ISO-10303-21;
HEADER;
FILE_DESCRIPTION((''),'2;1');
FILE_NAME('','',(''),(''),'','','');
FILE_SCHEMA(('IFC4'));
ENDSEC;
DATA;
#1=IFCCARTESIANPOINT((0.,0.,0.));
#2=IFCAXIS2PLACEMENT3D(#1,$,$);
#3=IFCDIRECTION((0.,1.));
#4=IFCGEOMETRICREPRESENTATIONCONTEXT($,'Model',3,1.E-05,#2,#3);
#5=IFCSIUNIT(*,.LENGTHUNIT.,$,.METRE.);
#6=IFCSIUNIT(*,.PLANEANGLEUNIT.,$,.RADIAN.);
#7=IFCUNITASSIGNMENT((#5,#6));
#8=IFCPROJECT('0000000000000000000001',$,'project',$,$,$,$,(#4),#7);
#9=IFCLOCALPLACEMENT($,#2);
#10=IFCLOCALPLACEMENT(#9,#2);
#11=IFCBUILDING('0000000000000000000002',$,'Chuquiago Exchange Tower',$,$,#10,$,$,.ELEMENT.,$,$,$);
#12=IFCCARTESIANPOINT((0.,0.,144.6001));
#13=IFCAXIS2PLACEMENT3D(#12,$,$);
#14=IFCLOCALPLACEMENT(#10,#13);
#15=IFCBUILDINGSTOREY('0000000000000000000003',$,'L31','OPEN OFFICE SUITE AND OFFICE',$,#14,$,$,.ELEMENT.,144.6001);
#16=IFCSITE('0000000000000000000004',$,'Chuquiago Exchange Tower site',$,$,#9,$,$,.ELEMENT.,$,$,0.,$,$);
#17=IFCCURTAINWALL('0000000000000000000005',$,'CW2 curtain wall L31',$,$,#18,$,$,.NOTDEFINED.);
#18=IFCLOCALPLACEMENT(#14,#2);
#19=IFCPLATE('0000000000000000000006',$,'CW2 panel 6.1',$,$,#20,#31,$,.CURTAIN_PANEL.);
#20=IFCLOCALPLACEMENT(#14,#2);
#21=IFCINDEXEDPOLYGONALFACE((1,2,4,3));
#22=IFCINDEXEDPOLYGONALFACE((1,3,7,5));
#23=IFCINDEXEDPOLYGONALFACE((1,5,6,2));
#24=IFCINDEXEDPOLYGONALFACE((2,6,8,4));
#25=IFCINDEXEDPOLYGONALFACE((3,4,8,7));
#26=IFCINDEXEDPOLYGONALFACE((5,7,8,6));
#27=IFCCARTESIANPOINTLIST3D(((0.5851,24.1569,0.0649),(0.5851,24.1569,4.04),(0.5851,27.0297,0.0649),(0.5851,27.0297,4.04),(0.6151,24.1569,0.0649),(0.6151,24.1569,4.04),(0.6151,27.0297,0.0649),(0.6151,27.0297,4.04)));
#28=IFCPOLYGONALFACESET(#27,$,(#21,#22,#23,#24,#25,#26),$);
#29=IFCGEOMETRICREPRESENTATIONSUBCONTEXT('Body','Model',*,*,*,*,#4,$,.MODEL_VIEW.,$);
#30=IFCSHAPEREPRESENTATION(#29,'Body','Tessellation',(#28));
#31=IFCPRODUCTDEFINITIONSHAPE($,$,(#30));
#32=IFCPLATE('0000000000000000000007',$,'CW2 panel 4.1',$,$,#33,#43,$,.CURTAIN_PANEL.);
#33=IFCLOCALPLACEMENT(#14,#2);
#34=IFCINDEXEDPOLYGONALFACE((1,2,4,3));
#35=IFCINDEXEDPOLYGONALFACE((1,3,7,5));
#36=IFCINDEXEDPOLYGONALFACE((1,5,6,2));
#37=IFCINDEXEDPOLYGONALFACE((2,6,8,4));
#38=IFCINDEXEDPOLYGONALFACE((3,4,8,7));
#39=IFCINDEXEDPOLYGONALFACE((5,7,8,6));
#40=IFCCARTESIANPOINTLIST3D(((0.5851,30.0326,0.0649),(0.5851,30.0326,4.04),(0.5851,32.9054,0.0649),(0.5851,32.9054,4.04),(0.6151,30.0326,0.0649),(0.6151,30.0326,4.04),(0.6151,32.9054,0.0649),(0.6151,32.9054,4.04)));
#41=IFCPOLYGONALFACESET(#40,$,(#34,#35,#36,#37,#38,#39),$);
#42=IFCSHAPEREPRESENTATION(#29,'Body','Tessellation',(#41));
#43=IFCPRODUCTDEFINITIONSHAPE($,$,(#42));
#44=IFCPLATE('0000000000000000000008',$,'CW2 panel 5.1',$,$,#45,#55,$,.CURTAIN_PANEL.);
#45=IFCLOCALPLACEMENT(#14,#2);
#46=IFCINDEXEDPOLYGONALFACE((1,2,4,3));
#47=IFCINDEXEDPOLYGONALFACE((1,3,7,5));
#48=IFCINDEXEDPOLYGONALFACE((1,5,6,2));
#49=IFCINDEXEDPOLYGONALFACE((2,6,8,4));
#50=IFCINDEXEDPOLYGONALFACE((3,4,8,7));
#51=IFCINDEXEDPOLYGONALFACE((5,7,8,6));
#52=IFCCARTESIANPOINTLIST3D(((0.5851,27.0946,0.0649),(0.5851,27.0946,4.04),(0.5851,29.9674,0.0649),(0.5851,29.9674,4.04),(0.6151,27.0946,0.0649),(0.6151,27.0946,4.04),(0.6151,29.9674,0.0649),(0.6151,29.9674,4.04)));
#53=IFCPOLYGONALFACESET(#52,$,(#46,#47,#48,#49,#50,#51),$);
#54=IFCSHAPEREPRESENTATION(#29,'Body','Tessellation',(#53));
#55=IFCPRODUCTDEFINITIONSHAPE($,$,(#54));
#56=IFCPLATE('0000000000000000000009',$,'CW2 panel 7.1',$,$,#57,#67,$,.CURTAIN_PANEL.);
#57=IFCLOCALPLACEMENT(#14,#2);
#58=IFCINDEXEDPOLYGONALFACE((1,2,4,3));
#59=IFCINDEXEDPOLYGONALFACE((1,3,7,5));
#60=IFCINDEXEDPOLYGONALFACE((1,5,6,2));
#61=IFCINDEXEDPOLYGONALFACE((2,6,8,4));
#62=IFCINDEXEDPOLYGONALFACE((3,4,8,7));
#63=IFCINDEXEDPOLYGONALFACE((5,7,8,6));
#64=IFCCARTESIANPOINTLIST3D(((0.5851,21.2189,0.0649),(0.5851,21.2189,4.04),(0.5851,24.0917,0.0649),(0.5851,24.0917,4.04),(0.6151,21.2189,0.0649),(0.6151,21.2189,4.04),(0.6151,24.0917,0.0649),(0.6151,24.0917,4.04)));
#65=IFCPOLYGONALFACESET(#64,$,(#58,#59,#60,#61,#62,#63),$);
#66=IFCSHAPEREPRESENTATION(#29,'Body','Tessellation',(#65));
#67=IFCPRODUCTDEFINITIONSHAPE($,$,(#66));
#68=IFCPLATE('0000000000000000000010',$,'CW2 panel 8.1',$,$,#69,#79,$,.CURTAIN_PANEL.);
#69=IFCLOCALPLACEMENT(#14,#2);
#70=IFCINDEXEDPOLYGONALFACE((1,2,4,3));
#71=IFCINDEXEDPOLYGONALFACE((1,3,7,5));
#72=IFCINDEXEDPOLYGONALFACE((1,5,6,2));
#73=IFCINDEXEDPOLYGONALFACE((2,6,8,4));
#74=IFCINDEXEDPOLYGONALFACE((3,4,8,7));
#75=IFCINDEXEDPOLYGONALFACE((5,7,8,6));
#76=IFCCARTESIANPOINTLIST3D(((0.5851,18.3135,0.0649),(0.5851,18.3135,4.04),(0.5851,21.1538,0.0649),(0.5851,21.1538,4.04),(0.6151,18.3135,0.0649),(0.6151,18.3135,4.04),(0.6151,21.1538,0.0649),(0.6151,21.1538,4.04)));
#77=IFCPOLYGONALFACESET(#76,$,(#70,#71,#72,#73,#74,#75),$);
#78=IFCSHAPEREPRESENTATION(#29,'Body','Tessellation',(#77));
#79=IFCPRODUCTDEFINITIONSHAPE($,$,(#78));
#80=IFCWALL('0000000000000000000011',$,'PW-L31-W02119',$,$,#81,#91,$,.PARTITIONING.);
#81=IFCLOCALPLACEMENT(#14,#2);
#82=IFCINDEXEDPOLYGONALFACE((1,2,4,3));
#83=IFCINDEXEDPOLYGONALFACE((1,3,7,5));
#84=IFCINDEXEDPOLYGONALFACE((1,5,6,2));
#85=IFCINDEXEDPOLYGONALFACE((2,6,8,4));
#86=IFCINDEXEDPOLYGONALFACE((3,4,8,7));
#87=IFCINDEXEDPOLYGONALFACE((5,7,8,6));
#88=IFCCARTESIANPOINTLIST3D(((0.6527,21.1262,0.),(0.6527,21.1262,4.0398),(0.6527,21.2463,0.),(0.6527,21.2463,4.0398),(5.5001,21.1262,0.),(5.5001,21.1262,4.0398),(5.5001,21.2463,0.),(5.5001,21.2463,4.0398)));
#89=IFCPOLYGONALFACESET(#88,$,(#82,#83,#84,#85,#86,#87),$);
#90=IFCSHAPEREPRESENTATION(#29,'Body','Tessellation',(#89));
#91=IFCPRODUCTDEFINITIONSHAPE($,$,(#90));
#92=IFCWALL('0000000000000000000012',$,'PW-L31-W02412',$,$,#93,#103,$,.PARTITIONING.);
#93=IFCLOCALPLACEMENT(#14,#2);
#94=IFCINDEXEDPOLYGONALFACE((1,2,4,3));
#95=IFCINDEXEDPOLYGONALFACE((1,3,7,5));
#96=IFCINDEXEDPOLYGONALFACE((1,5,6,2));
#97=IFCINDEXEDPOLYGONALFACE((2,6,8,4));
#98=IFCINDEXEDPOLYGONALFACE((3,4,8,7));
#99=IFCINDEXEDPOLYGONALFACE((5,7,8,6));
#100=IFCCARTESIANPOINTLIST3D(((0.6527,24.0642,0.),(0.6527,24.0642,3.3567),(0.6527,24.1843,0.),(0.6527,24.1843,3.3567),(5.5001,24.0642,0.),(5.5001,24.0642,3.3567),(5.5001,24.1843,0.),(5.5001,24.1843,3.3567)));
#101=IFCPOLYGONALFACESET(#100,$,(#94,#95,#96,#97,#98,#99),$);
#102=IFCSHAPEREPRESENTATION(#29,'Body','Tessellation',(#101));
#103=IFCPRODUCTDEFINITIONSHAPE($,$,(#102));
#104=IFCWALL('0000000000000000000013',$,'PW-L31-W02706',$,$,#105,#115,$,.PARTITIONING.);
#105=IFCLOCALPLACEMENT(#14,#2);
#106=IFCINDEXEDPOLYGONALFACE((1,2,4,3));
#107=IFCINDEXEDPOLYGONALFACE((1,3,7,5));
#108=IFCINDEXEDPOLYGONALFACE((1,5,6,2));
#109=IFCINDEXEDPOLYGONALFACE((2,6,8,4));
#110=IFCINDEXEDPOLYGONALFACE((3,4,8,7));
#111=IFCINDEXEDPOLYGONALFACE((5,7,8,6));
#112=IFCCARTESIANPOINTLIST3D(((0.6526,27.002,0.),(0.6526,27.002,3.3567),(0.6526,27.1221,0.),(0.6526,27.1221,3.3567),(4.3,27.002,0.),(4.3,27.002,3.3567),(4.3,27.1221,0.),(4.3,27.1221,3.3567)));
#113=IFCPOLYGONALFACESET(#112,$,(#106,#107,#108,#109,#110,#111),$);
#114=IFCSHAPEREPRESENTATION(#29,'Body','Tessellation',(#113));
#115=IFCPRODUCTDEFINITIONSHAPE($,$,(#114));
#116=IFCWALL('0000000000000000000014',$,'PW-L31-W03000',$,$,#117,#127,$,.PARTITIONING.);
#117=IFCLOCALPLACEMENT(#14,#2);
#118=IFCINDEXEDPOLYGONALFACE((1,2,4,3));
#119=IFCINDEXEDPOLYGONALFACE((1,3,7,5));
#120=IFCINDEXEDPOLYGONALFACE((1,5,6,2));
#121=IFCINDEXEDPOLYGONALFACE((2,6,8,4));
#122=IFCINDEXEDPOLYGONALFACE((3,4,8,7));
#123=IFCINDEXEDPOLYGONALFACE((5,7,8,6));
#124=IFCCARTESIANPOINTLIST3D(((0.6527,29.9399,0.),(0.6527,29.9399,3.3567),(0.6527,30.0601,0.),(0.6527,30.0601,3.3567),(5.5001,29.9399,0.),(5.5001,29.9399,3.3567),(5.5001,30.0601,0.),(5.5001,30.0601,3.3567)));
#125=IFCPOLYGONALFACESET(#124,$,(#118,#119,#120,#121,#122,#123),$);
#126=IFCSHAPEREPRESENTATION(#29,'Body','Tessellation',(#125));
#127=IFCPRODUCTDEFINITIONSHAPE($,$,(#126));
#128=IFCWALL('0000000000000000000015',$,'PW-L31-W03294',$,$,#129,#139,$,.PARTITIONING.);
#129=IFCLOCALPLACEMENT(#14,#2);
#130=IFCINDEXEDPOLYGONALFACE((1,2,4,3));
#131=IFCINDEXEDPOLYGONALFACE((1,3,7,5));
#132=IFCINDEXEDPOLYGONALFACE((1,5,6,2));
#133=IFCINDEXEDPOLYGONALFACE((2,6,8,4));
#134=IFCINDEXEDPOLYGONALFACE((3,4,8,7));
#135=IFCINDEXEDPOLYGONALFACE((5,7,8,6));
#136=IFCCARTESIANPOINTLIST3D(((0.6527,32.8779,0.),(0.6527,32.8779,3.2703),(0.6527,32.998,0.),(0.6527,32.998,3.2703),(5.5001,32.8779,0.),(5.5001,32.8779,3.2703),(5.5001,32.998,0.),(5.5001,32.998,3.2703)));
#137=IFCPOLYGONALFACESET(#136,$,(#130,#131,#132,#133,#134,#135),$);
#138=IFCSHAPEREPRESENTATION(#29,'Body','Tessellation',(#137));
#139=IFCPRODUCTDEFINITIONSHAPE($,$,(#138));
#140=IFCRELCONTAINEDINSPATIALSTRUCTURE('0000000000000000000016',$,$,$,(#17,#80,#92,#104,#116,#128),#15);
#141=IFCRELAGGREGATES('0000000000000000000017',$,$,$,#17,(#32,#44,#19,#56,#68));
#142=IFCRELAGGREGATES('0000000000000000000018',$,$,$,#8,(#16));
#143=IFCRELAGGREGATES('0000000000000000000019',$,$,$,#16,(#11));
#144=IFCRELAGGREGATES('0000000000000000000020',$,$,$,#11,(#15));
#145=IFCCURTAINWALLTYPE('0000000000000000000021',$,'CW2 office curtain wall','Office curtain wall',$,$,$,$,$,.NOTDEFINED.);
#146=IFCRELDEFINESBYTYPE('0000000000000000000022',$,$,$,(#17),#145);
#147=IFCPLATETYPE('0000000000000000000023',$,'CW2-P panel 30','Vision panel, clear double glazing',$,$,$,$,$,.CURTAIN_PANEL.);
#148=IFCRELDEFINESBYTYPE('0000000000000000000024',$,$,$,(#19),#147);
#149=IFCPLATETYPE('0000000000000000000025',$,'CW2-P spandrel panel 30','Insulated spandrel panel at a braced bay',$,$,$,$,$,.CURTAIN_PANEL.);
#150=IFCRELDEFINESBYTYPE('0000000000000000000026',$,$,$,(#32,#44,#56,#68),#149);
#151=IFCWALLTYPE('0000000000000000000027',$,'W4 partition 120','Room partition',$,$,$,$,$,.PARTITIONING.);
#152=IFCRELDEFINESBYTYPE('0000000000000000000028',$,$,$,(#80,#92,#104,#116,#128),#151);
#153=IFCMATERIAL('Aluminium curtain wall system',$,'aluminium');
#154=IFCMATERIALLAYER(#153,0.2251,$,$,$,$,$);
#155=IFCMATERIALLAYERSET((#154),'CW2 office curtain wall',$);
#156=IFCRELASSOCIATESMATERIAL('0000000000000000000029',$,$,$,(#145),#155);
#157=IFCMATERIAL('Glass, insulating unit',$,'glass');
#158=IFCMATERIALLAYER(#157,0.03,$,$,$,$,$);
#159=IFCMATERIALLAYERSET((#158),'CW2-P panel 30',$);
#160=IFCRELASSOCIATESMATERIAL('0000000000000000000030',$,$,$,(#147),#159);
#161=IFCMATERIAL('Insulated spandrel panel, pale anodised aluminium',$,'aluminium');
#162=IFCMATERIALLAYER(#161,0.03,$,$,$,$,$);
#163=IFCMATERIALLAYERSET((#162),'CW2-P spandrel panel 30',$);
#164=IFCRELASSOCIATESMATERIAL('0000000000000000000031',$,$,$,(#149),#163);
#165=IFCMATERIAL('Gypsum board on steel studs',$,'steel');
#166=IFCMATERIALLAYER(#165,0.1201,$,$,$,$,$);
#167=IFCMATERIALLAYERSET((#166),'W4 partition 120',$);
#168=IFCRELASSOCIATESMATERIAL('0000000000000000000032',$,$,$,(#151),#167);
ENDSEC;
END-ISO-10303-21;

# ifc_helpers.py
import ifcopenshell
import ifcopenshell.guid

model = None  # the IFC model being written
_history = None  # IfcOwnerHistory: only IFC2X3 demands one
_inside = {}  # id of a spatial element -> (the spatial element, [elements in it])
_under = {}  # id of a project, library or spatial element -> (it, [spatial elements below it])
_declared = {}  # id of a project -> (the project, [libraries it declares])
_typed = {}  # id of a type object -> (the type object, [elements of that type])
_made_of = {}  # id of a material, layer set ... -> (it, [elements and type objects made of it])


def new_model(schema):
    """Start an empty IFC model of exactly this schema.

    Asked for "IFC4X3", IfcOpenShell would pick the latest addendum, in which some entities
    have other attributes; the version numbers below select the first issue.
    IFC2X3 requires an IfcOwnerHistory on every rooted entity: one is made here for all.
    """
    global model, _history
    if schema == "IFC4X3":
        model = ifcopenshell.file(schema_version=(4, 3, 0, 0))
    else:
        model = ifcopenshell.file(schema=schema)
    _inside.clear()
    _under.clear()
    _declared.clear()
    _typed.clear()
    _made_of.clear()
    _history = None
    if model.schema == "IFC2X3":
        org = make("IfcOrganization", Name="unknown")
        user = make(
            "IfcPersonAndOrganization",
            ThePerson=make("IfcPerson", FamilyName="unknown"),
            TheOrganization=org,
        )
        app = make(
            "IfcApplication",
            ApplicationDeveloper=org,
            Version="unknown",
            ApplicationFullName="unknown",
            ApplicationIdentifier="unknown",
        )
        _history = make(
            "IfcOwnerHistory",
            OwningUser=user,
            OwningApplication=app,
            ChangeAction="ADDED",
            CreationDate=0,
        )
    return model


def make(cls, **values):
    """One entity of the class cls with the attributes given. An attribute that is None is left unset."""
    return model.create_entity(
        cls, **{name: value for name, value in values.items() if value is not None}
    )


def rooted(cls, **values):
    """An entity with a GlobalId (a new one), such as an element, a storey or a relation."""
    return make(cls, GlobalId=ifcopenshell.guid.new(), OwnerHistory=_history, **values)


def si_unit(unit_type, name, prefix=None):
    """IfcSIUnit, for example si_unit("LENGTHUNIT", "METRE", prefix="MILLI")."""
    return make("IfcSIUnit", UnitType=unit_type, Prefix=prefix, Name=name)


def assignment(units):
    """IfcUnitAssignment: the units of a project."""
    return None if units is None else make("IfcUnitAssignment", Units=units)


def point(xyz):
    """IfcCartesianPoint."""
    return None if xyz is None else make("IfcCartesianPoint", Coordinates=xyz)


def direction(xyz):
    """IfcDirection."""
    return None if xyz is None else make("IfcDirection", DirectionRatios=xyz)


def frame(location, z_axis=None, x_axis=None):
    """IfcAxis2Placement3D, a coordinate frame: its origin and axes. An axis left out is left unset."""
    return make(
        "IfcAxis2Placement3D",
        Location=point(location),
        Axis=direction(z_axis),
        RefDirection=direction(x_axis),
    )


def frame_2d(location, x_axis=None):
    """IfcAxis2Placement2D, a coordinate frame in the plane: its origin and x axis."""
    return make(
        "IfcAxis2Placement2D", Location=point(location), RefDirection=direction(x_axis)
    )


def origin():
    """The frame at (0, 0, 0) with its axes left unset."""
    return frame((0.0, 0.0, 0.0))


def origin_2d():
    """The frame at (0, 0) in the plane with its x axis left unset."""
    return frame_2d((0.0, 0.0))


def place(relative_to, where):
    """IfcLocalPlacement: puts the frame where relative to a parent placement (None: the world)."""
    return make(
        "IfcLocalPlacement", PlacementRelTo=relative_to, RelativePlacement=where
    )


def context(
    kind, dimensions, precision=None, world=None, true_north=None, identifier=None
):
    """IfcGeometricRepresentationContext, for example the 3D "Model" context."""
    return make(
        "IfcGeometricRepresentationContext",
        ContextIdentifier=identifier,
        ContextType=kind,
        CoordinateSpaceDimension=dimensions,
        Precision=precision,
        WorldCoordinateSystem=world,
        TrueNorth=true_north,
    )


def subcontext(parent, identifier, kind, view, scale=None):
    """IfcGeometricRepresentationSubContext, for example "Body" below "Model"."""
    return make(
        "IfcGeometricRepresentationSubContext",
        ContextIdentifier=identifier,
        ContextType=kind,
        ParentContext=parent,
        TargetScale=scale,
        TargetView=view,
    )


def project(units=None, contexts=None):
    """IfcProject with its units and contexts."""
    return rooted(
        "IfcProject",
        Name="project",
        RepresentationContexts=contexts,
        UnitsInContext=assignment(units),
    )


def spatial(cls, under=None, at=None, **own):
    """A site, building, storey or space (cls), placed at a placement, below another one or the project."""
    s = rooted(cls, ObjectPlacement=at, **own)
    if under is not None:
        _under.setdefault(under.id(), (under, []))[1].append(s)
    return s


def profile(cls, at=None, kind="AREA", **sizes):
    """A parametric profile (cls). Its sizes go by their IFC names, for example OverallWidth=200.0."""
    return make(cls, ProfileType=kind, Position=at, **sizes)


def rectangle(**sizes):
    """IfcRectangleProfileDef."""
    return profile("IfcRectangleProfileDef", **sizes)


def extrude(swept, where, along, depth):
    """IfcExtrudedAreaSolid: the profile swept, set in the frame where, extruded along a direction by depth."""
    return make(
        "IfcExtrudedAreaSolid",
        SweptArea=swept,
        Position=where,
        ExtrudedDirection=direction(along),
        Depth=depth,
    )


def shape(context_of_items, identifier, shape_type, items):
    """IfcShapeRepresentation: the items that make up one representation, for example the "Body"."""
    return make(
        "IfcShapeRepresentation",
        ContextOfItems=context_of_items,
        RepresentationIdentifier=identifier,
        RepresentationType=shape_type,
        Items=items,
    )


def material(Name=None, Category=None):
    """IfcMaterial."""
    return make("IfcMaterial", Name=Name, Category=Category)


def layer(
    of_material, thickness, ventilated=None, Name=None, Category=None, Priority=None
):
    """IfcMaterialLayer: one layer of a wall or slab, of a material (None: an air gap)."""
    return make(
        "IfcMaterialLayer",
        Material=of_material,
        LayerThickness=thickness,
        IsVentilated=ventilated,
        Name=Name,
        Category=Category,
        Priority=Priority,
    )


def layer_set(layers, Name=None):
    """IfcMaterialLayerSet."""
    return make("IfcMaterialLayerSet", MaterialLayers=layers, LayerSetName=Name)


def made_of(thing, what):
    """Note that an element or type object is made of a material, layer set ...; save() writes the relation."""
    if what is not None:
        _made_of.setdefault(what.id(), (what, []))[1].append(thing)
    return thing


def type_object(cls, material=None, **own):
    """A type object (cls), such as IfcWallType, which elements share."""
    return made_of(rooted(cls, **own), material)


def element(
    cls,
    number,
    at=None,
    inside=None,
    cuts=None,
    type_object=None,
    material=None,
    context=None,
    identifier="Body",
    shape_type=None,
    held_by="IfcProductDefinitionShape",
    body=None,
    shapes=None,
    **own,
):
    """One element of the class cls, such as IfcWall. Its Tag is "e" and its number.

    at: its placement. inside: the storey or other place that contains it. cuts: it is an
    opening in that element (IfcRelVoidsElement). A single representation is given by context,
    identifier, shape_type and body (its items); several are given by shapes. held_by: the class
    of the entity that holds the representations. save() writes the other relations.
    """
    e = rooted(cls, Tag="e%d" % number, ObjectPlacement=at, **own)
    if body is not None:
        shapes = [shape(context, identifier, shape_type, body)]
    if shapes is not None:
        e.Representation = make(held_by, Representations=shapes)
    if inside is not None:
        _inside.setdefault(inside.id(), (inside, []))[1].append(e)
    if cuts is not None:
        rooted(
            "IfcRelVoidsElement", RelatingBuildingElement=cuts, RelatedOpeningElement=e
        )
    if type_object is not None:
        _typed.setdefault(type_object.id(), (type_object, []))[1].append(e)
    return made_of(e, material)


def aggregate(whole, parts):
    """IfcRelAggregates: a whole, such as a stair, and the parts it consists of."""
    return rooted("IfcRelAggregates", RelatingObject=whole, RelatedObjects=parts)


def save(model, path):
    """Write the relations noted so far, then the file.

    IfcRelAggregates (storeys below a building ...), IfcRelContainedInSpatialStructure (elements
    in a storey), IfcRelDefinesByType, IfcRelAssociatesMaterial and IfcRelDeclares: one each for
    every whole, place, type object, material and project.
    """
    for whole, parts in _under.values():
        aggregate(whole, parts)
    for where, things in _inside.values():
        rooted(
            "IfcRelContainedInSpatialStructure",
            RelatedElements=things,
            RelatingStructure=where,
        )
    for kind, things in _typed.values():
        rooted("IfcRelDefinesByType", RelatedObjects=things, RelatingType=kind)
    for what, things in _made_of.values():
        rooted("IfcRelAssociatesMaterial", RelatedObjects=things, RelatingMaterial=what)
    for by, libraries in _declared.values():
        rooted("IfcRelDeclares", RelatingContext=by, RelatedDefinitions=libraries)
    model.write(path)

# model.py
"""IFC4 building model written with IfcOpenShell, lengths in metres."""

from ifc_helpers import new_model, si_unit, direction, frame, frame_2d, origin, origin_2d, place, context, subcontext, project, spatial, rectangle, extrude, material, layer, layer_set, type_object, element, aggregate, save


model = new_model("IFC4")

# Units and contexts
model_context = context("Model", 3, precision=1e-05, world=origin(), true_north=direction((0.0, 1.0)))
body_context = subcontext(model_context, "Body", "Model", "MODEL_VIEW")
ifc_project = project(units=[si_unit("LENGTHUNIT", "METRE"), si_unit("PLANEANGLEUNIT", "RADIAN")], contexts=[model_context])

# Site, building, storey
site_placement = place(None, origin())
site = spatial("IfcSite", under=ifc_project, at=site_placement, Name="Chuquiago Exchange Tower site", CompositionType="ELEMENT", RefElevation=0.0)
building_placement = place(site_placement, origin())
building = spatial("IfcBuilding", under=site, at=building_placement, Name="Chuquiago Exchange Tower", CompositionType="ELEMENT")
storey_placement = place(building_placement, frame((0.0, 0.0, 144.6001)))
storey = spatial("IfcBuildingStorey", under=building, at=storey_placement, Name="L31", Description="OPEN OFFICE SUITE AND OFFICE", CompositionType="ELEMENT", Elevation=144.6001)

# Curtain wall
ifc_material_1 = material(Name="Aluminium curtain wall system", Category="aluminium")
ifc_layer_1 = layer(ifc_material_1, 0.2251)
ifc_layer_set_1 = layer_set([ifc_layer_1], Name="CW2 office curtain wall")
curtain_wall_type = type_object("IfcCurtainWallType", Name="CW2 office curtain wall", Description="Office curtain wall", PredefinedType="NOTDEFINED", material=ifc_layer_set_1)
curtain_wall_placement = place(storey_placement, origin())
curtain_wall = element("IfcCurtainWall", 1, at=curtain_wall_placement, inside=storey, type_object=curtain_wall_type, Name="CW2 curtain wall L31", PredefinedType="NOTDEFINED")

# Plates
ifc_material_2 = material(Name="Glass, insulating unit", Category="glass")
ifc_layer_2 = layer(ifc_material_2, 0.03)
ifc_layer_set_2 = layer_set([ifc_layer_2], Name="CW2-P panel 30")
plate_type_1 = type_object("IfcPlateType", Name="CW2-P panel 30", Description="Vision panel, clear double glazing", PredefinedType="CURTAIN_PANEL", material=ifc_layer_set_2)
plate_1_placement = place(storey_placement, frame((0.6001, 25.5933, 0.0649), z_axis=(0.0, 0.0, 1.0), x_axis=(0.0, -1.0, 0.0)))
plate_1 = element("IfcPlate", 2, at=plate_1_placement, type_object=plate_type_1, Name="CW2 panel 6.1", PredefinedType="CURTAIN_PANEL", context=body_context, shape_type="SweptSolid", body=[
    extrude(rectangle(XDim=2.8728, YDim=0.03, at=origin_2d()), origin(), (0.0, 0.0, 1.0), 3.9751),
])
ifc_material_3 = material(Name="Insulated spandrel panel, pale anodised aluminium", Category="aluminium")
ifc_layer_3 = layer(ifc_material_3, 0.03)
ifc_layer_set_3 = layer_set([ifc_layer_3], Name="CW2-P spandrel panel 30")
plate_type_2 = type_object("IfcPlateType", Name="CW2-P spandrel panel 30", Description="Insulated spandrel panel at a braced bay", PredefinedType="CURTAIN_PANEL", material=ifc_layer_set_3)
plate_2_placement = place(storey_placement, frame((0.6001, 31.469, 0.0649), z_axis=(0.0, 0.0, 1.0), x_axis=(0.0, -1.0, 0.0)))
plate_2 = element("IfcPlate", 3, at=plate_2_placement, type_object=plate_type_2, Name="CW2 panel 4.1", PredefinedType="CURTAIN_PANEL", context=body_context, shape_type="SweptSolid", body=[
    extrude(rectangle(XDim=2.8728, YDim=0.03, at=origin_2d()), origin(), (0.0, 0.0, 1.0), 3.9751),
])
plate_3_placement = place(storey_placement, frame((0.6001, 28.531, 0.0649), z_axis=(0.0, 0.0, 1.0), x_axis=(0.0, -1.0, 0.0)))
plate_3 = element("IfcPlate", 4, at=plate_3_placement, type_object=plate_type_2, Name="CW2 panel 5.1", PredefinedType="CURTAIN_PANEL", context=body_context, shape_type="SweptSolid", body=[
    extrude(rectangle(XDim=2.8728, YDim=0.03, at=origin_2d()), origin(), (0.0, 0.0, 1.0), 3.9751),
])
plate_4_placement = place(storey_placement, frame((0.6001, 22.6553, 0.0649), z_axis=(0.0, 0.0, 1.0), x_axis=(0.0, -1.0, 0.0)))
plate_4 = element("IfcPlate", 5, at=plate_4_placement, type_object=plate_type_2, Name="CW2 panel 7.1", PredefinedType="CURTAIN_PANEL", context=body_context, shape_type="SweptSolid", body=[
    extrude(rectangle(XDim=2.8728, YDim=0.03, at=origin_2d()), origin(), (0.0, 0.0, 1.0), 3.9751),
])
plate_5_placement = place(storey_placement, frame((0.6001, 19.7336, 0.0649), z_axis=(0.0, 0.0, 1.0), x_axis=(0.0, -1.0, 0.0)))
plate_5 = element("IfcPlate", 6, at=plate_5_placement, type_object=plate_type_2, Name="CW2 panel 8.1", PredefinedType="CURTAIN_PANEL", context=body_context, shape_type="SweptSolid", body=[
    extrude(rectangle(XDim=2.8403, YDim=0.03, at=origin_2d()), origin(), (0.0, 0.0, 1.0), 3.9751),
])
aggregate(curtain_wall, [plate_2, plate_3, plate_1, plate_4, plate_5])

# Walls
ifc_material_4 = material(Name="Gypsum board on steel studs", Category="steel")
ifc_layer_4 = layer(ifc_material_4, 0.1201)
ifc_layer_set_4 = layer_set([ifc_layer_4], Name="W4 partition 120")
wall_type = type_object("IfcWallType", Name="W4 partition 120", Description="Room partition", PredefinedType="PARTITIONING", material=ifc_layer_set_4)
wall_1_placement = place(storey_placement, frame((0.6526, 21.1863, 0.0), z_axis=(0.0, 0.0, 1.0), x_axis=(1.0, 0.0, 0.0)))
element("IfcWall", 7, at=wall_1_placement, inside=storey, type_object=wall_type, Name="PW-L31-W02119", PredefinedType="PARTITIONING", context=body_context, shape_type="SweptSolid", body=[
    extrude(rectangle(XDim=4.8474, YDim=0.1201, at=frame_2d((2.4238, 0.0))), origin(), (0.0, 0.0, 1.0), 4.0398),
])
wall_2_placement = place(storey_placement, frame((0.6526, 24.1243, 0.0), z_axis=(0.0, 0.0, 1.0), x_axis=(1.0, 0.0, 0.0)))
element("IfcWall", 8, at=wall_2_placement, inside=storey, type_object=wall_type, Name="PW-L31-W02412", PredefinedType="PARTITIONING", context=body_context, shape_type="SweptSolid", body=[
    extrude(rectangle(XDim=4.8474, YDim=0.1201, at=frame_2d((2.4238, 0.0))), origin(), (0.0, 0.0, 1.0), 3.3567),
])
wall_3_placement = place(storey_placement, frame((0.6526, 27.062, 0.0), z_axis=(0.0, 0.0, 1.0), x_axis=(1.0, 0.0, 0.0)))
element("IfcWall", 9, at=wall_3_placement, inside=storey, type_object=wall_type, Name="PW-L31-W02706", PredefinedType="PARTITIONING", context=body_context, shape_type="SweptSolid", body=[
    extrude(rectangle(XDim=3.6475, YDim=0.1201, at=frame_2d((1.8237, 0.0))), origin(), (0.0, 0.0, 1.0), 3.3567),
])
wall_4_placement = place(storey_placement, frame((0.6526, 30.0, 0.0), z_axis=(0.0, 0.0, 1.0), x_axis=(1.0, 0.0, 0.0)))
element("IfcWall", 10, at=wall_4_placement, inside=storey, type_object=wall_type, Name="PW-L31-W03000", PredefinedType="PARTITIONING", context=body_context, shape_type="SweptSolid", body=[
    extrude(rectangle(XDim=4.8474, YDim=0.1201, at=frame_2d((2.4238, 0.0))), origin(), (0.0, 0.0, 1.0), 3.3567),
])
wall_5_placement = place(storey_placement, frame((0.6526, 32.938, 0.0), z_axis=(0.0, 0.0, 1.0), x_axis=(1.0, 0.0, 0.0)))
element("IfcWall", 11, at=wall_5_placement, inside=storey, type_object=wall_type, Name="PW-L31-W03294", PredefinedType="PARTITIONING", context=body_context, shape_type="SweptSolid", body=[
    extrude(rectangle(XDim=4.8474, YDim=0.1201, at=frame_2d((2.4238, 0.0))), origin(), (0.0, 0.0, 1.0), 3.2703),
])

save(model, "model.ifc")
